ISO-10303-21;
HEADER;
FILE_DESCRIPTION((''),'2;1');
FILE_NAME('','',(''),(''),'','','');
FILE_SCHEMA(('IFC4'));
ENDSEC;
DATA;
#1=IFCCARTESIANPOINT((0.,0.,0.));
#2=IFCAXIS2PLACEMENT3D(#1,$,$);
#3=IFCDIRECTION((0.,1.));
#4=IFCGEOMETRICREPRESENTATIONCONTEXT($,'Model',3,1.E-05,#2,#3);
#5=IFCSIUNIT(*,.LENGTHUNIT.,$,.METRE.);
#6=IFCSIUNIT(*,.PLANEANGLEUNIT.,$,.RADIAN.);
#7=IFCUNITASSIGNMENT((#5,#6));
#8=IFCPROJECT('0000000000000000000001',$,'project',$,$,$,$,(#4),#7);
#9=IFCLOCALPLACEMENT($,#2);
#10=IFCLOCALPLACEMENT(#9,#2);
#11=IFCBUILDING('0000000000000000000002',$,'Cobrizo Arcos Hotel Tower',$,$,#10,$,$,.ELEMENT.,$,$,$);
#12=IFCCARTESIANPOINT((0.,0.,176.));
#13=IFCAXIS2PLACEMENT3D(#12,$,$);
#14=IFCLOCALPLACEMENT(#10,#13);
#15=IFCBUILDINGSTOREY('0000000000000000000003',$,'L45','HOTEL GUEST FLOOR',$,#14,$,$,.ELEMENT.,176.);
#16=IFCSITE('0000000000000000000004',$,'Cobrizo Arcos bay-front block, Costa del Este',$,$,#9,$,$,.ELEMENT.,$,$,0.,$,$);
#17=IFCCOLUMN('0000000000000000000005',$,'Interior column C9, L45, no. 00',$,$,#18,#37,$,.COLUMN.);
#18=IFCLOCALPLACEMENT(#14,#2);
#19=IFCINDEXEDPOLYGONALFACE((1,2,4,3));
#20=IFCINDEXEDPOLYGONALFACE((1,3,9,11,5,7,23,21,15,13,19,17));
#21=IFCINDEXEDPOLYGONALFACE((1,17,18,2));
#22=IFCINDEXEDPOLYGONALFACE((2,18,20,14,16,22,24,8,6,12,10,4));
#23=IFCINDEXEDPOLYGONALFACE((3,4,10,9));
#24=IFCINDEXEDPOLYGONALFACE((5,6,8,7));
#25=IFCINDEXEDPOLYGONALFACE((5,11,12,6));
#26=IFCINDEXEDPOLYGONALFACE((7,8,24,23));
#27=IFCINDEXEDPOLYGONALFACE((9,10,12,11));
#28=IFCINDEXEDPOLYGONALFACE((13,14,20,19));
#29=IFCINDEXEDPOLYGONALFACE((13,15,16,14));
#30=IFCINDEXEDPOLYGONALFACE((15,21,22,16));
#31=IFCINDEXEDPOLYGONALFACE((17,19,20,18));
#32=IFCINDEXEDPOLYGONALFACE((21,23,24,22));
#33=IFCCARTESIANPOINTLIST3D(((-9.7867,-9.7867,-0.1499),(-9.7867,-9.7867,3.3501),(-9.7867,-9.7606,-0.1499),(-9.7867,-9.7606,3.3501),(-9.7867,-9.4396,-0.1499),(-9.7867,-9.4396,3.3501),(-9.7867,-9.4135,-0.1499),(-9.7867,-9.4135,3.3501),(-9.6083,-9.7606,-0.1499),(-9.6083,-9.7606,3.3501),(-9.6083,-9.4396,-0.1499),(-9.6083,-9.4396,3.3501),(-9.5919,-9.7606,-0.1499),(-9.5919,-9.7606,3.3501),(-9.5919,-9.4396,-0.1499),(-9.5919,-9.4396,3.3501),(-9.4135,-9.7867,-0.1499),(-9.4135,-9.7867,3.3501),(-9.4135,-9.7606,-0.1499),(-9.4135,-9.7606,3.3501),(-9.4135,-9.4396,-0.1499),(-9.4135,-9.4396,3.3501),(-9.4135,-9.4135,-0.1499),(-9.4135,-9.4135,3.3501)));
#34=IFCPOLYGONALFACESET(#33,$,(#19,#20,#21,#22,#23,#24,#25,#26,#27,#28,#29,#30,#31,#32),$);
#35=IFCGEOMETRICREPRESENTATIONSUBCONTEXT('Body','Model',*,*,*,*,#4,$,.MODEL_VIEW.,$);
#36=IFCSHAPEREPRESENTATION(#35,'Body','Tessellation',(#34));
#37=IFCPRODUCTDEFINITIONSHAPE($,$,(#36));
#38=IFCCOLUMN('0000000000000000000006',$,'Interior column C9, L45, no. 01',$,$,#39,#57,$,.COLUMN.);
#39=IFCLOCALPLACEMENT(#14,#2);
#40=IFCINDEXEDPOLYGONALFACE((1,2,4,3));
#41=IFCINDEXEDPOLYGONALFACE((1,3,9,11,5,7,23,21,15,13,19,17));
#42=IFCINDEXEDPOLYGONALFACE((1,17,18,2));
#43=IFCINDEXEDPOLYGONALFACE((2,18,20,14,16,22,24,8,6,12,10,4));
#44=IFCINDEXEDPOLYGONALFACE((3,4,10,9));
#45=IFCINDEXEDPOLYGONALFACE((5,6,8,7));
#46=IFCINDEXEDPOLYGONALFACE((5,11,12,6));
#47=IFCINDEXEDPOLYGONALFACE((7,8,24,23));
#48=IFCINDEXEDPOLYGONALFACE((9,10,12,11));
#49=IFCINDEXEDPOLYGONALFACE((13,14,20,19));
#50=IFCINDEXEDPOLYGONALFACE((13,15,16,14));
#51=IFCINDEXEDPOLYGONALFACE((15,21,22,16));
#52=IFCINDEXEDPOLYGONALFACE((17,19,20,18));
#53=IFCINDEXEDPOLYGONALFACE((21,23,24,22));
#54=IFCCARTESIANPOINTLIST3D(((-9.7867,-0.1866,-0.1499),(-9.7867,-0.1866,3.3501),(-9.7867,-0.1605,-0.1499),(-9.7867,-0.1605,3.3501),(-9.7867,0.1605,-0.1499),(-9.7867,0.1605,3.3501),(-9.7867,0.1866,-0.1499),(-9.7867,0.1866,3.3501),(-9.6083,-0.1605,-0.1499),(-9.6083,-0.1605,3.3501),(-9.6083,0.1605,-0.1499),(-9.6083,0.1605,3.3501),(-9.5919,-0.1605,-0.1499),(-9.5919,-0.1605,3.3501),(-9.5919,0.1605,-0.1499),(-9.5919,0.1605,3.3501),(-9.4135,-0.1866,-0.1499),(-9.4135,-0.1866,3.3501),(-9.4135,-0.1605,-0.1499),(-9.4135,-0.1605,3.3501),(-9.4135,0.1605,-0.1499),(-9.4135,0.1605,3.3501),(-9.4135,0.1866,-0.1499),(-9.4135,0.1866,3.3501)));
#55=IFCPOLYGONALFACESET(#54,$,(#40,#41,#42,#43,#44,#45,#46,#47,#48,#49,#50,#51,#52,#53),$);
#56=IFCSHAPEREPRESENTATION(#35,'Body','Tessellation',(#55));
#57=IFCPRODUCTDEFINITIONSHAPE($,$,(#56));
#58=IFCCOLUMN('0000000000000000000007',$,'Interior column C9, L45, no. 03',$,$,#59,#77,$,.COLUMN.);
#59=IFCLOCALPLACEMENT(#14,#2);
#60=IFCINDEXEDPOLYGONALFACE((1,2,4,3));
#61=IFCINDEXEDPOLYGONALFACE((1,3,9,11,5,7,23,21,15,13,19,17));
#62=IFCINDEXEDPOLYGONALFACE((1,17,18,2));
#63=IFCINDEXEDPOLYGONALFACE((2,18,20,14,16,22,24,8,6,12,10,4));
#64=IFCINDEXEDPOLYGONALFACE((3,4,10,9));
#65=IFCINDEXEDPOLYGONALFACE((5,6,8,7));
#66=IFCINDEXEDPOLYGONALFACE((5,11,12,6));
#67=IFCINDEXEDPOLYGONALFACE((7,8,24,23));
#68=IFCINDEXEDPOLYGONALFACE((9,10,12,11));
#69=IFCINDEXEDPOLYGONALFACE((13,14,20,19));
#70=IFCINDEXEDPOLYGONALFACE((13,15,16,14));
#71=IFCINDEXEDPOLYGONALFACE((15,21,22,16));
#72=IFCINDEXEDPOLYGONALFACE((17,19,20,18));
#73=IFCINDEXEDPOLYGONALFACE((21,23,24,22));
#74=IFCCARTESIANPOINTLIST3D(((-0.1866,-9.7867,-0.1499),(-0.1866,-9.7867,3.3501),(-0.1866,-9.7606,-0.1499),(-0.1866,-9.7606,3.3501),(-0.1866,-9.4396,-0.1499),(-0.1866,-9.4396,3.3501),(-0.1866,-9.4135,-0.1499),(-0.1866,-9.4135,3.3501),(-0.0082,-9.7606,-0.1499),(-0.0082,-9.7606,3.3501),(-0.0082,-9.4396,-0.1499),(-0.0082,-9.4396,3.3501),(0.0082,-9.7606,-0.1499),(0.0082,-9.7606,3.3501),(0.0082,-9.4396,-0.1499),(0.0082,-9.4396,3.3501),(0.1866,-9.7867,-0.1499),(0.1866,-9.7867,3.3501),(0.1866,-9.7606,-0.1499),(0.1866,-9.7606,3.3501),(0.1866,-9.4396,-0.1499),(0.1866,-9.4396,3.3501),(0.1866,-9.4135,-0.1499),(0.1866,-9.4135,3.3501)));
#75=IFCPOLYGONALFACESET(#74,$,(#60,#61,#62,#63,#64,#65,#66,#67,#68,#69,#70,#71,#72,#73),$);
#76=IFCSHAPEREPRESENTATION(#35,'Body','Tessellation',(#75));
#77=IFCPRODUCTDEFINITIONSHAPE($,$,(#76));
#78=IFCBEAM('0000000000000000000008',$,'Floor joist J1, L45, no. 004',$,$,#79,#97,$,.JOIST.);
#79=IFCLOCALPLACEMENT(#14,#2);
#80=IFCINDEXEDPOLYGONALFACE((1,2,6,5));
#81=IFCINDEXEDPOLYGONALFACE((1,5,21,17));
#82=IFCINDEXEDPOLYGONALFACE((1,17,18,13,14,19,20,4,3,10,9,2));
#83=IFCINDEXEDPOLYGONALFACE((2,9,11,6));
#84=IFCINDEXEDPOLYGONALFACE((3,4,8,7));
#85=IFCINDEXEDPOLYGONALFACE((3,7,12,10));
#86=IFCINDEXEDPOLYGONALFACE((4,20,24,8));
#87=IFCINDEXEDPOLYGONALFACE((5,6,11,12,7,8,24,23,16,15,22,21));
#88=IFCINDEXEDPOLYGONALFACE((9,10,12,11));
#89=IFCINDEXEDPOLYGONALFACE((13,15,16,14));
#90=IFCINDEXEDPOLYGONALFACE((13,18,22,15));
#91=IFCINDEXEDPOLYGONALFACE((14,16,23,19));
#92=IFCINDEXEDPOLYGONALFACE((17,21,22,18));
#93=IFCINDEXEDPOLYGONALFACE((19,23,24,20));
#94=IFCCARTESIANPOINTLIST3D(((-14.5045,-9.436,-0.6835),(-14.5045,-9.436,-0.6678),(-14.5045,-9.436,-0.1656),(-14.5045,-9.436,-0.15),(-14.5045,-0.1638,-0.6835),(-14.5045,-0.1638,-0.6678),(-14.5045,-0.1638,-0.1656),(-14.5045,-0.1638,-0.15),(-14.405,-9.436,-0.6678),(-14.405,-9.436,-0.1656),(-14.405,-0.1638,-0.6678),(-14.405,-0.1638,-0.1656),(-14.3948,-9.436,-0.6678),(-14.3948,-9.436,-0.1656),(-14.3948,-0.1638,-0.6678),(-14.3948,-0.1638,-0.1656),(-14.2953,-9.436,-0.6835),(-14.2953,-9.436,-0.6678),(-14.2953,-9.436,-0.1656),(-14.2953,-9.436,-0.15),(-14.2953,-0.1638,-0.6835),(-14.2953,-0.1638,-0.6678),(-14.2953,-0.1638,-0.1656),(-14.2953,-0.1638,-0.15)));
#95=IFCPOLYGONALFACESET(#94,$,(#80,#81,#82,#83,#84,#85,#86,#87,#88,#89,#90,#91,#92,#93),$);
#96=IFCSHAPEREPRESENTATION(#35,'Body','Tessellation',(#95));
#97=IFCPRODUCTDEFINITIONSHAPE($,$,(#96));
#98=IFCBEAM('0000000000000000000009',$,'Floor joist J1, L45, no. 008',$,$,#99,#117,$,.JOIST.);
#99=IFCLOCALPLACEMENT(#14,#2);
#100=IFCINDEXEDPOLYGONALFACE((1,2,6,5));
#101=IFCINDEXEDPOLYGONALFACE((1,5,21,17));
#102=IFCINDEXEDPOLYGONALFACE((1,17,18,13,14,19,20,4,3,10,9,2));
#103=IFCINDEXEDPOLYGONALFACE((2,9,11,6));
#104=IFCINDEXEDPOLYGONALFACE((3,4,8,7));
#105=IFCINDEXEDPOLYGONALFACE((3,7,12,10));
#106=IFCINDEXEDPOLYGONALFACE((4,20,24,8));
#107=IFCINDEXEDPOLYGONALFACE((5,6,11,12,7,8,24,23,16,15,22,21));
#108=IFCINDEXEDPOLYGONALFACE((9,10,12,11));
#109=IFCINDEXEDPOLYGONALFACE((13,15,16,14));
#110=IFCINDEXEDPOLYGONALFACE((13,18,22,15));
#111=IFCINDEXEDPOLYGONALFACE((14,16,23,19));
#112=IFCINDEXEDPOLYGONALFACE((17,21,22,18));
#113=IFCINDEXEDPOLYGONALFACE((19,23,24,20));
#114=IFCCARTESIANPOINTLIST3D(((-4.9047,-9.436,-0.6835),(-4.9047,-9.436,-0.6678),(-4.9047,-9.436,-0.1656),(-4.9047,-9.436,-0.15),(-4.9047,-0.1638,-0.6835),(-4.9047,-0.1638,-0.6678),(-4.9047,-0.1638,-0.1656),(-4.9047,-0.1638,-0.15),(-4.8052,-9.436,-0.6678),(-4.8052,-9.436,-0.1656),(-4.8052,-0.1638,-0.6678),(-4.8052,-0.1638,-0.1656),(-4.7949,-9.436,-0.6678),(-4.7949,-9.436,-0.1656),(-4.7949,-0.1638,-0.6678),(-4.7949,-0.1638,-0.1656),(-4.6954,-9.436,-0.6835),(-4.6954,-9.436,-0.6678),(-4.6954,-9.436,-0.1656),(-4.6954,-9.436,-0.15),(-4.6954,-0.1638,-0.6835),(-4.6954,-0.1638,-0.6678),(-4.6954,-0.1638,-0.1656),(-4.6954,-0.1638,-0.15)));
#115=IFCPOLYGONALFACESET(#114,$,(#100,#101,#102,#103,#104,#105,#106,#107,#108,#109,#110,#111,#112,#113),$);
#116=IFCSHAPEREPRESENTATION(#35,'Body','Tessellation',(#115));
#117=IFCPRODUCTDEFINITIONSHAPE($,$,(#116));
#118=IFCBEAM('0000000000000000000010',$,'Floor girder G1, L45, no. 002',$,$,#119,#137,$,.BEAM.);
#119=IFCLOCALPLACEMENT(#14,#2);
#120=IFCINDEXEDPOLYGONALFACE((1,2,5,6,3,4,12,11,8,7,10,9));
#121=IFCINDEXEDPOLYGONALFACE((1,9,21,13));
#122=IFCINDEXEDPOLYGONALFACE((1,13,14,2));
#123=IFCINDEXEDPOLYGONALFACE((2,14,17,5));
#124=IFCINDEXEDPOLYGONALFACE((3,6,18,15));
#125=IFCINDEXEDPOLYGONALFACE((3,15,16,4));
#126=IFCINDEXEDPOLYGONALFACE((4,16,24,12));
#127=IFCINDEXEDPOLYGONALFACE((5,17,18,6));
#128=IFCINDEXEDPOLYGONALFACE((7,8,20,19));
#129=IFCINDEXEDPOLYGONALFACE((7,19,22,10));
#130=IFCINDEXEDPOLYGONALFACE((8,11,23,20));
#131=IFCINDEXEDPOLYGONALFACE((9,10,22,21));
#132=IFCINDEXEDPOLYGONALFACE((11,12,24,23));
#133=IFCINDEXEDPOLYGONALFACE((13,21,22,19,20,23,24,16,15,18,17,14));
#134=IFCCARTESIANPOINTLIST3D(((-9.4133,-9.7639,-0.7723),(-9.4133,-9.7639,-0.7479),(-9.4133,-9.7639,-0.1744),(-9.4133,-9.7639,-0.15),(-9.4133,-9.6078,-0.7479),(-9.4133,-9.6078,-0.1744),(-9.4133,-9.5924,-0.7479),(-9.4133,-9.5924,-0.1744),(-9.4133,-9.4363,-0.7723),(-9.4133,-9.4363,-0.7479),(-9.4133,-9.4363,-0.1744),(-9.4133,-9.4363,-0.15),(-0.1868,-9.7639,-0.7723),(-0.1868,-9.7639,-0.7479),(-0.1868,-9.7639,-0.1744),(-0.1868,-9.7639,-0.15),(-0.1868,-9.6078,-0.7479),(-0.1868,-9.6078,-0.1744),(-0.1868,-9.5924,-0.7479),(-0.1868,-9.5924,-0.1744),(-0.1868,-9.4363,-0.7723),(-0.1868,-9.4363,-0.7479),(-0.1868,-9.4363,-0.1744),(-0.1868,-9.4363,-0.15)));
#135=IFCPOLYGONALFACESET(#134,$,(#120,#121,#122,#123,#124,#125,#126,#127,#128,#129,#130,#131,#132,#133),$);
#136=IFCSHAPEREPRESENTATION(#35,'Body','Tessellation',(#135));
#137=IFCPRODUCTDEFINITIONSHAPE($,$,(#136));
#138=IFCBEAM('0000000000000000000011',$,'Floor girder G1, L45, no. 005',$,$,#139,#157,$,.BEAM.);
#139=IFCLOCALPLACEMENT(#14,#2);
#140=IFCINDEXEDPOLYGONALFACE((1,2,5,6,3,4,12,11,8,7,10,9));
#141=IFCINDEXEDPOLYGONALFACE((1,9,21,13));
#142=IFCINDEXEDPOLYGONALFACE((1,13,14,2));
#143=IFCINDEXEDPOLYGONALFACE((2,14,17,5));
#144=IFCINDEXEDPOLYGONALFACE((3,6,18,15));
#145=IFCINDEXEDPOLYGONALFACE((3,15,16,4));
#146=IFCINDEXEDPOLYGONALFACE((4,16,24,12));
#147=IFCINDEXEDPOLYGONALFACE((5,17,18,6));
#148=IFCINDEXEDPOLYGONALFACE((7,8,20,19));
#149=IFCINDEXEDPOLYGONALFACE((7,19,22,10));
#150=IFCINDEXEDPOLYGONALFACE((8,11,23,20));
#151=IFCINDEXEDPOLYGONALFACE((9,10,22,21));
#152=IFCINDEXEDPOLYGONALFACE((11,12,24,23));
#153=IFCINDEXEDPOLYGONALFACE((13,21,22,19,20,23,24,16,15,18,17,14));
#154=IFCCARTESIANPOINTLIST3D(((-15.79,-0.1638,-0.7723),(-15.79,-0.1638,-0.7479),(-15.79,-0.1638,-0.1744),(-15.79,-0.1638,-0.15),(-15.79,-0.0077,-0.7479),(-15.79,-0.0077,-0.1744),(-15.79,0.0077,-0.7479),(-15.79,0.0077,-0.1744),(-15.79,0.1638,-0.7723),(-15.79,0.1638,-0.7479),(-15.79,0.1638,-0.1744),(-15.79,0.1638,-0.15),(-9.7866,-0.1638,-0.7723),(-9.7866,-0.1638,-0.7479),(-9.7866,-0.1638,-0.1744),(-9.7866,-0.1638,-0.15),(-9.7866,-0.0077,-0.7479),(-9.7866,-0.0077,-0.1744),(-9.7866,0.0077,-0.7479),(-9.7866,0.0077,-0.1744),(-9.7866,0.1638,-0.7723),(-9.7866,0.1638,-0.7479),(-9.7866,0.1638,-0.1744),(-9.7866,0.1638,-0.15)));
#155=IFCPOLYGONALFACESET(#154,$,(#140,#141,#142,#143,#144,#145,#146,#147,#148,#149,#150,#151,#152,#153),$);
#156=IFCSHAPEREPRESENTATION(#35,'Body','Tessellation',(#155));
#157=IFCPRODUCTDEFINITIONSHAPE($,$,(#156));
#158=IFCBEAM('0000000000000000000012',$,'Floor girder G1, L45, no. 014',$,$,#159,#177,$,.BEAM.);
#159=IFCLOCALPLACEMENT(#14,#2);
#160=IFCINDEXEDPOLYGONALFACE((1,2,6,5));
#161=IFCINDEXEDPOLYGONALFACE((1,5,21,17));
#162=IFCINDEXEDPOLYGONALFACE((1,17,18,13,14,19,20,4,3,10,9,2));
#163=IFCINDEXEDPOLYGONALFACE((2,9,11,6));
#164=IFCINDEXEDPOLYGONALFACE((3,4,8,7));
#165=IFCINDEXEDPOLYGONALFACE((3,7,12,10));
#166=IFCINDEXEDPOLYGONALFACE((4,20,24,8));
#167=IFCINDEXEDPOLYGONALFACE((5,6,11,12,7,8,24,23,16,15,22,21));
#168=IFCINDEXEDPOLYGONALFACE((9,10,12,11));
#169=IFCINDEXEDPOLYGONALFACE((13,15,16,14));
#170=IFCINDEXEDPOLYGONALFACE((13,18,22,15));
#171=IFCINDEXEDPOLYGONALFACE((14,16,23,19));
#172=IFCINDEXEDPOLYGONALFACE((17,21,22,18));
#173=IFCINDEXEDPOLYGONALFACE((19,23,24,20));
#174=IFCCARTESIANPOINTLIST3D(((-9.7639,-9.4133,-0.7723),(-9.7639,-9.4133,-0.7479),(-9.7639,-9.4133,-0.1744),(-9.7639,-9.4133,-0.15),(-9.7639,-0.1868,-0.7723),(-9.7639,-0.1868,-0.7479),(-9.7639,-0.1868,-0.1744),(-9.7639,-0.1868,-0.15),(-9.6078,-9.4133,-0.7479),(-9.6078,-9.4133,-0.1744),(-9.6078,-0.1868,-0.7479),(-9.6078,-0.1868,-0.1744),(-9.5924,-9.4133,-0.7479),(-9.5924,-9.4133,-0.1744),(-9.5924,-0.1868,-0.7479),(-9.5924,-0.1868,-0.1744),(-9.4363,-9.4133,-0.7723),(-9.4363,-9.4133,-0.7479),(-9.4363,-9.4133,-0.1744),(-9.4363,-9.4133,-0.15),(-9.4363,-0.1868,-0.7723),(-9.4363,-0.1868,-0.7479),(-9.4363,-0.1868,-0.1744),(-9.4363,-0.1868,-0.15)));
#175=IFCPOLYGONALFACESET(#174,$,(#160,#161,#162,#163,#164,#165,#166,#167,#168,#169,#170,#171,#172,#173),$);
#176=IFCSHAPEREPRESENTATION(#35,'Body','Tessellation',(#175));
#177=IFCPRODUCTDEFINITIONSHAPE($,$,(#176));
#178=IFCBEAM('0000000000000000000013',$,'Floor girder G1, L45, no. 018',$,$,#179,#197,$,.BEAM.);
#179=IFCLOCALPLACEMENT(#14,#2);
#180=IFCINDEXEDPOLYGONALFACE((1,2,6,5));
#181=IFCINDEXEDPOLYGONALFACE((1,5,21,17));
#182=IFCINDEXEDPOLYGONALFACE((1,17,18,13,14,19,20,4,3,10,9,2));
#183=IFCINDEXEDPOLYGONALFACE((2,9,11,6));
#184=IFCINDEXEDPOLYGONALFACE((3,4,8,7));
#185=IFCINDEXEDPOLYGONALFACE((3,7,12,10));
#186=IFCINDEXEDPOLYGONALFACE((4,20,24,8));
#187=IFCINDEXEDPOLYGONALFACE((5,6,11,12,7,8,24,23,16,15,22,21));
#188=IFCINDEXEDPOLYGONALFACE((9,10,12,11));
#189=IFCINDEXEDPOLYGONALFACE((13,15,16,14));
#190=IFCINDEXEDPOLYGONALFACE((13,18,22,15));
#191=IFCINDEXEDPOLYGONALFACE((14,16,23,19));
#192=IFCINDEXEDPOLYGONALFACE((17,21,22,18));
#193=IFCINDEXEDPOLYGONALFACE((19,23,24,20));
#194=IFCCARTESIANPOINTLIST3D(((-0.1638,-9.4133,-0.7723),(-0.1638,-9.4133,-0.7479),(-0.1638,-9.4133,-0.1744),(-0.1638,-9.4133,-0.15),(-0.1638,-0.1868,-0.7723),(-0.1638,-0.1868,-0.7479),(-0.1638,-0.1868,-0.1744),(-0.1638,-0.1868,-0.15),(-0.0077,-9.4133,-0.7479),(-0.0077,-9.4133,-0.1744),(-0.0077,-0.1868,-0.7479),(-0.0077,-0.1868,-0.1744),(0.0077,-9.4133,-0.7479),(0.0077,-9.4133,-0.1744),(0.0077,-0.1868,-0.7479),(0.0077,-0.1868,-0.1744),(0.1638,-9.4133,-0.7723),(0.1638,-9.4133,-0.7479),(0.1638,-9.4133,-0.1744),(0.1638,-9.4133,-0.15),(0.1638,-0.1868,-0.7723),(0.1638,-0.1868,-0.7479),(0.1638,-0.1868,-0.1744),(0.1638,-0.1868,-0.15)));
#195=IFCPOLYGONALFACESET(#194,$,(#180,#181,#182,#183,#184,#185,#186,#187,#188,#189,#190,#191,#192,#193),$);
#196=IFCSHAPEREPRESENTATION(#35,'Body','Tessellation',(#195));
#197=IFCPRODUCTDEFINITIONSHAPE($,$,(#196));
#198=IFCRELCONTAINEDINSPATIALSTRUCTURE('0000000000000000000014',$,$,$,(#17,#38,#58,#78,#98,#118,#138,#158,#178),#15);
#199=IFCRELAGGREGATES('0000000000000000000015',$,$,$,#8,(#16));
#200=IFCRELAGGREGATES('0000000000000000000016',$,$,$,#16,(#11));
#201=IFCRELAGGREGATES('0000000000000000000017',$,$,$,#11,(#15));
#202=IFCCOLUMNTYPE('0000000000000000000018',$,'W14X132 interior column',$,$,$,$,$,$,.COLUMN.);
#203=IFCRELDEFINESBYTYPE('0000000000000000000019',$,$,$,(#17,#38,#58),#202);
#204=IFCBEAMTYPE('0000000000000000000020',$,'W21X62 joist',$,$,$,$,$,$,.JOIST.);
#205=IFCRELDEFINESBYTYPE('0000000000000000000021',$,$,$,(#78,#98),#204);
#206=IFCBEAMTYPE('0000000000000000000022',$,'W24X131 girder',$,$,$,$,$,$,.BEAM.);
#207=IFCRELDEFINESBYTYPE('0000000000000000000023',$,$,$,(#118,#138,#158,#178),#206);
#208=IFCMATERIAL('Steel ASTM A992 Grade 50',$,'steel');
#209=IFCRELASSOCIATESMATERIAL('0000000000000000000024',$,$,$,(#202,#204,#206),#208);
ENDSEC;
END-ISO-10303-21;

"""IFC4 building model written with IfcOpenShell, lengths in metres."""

from ifc_helpers import new_model, si_unit, direction, frame, origin, origin_2d, place, context, subcontext, project, spatial, i_section, extrude, material, material_profile, profile_set, type_object, element, save


model = new_model("IFC4")

# Units and contexts
model_context = context("Model", 3, precision=1e-05, world=origin(), true_north=direction((0.0, 1.0)))
body_context = subcontext(model_context, "Body", "Model", "MODEL_VIEW")
ifc_project = project(units=[si_unit("LENGTHUNIT", "METRE"), si_unit("PLANEANGLEUNIT", "RADIAN")], contexts=[model_context])

# Site, building, storey
site_placement = place(None, origin())
site = spatial("IfcSite", under=ifc_project, at=site_placement, Name="Cobrizo Arcos bay-front block, Costa del Este", CompositionType="ELEMENT", RefElevation=0.0)
building_placement = place(site_placement, origin())
building = spatial("IfcBuilding", under=site, at=building_placement, Name="Cobrizo Arcos Hotel Tower", CompositionType="ELEMENT")
storey_placement = place(building_placement, frame((0.0, 0.0, 176.0)))
storey = spatial("IfcBuildingStorey", under=building, at=storey_placement, Name="L45", Description="HOTEL GUEST FLOOR", CompositionType="ELEMENT", Elevation=176.0)

# Columns
ifc_material_1 = material(Name="Steel ASTM A992 Grade 50", Category="steel")
ifc_material_profile_1 = material_profile(ifc_material_1, i_section(OverallWidth=0.3733, OverallDepth=0.3733, WebThickness=0.0164, FlangeThickness=0.0261, at=origin_2d()), Name="W14X132")
ifc_profile_set_1 = profile_set([ifc_material_profile_1], Name="Steel ASTM A992 Grade 50")
column_type = type_object("IfcColumnType", Name="W14X132 interior column", PredefinedType="COLUMN", material=ifc_profile_set_1)
for number, where, z_axis, x_axis, name in (
    (1, (-9.6001, -9.6001, -0.1499), (0.0, 0.0, 1.0), (1.0, 0.0, 0.0), "Interior column C9, L45, no. 00"),
    (2, (-9.6001, 0.0, -0.1499), (0.0, 0.0, 1.0), (1.0, 0.0, 0.0), "Interior column C9, L45, no. 01"),
    (3, (0.0, -9.6001, -0.1499), (0.0, 0.0, 1.0), (1.0, 0.0, 0.0), "Interior column C9, L45, no. 03"),
):
    element("IfcColumn", number, at=place(storey_placement, frame(where, z_axis=z_axis, x_axis=x_axis)), inside=storey, type_object=column_type, Name=name, PredefinedType="COLUMN", context=body_context, shape_type="SweptSolid", body=[
        extrude(i_section(OverallWidth=0.3733, OverallDepth=0.3733, WebThickness=0.0164, FlangeThickness=0.0261, at=origin_2d()), origin(), (0.0, 0.0, 1.0), 3.5),
    ])

# Beams
ifc_material_profile_2 = material_profile(ifc_material_1, i_section(OverallWidth=0.2092, OverallDepth=0.5334, WebThickness=0.0103, FlangeThickness=0.0156, at=origin_2d()), Name="W21X62")
ifc_profile_set_2 = profile_set([ifc_material_profile_2], Name="Steel ASTM A992 Grade 50")
beam_type_1 = type_object("IfcBeamType", Name="W21X62 joist", PredefinedType="JOIST", material=ifc_profile_set_2)
for number, where, z_axis, x_axis, name in (
    (4, (-14.3999, -9.436, -0.4167), (0.0, 1.0, 0.0), (-1.0, 0.0, 0.0), "Floor joist J1, L45, no. 004"),
    (5, (-4.8, -9.436, -0.4167), (0.0, 1.0, 0.0), (-1.0, 0.0, 0.0), "Floor joist J1, L45, no. 008"),
):
    element("IfcBeam", number, at=place(storey_placement, frame(where, z_axis=z_axis, x_axis=x_axis)), inside=storey, type_object=beam_type_1, Name=name, PredefinedType="JOIST", context=body_context, shape_type="SweptSolid", body=[
        extrude(i_section(OverallWidth=0.2092, OverallDepth=0.5334, WebThickness=0.0103, FlangeThickness=0.0156, at=origin_2d()), origin(), (0.0, 0.0, 1.0), 9.2722),
    ])
ifc_material_profile_3 = material_profile(ifc_material_1, i_section(OverallWidth=0.3276, OverallDepth=0.6223, WebThickness=0.0154, FlangeThickness=0.0244, at=origin_2d()), Name="W24X131")
ifc_profile_set_3 = profile_set([ifc_material_profile_3], Name="Steel ASTM A992 Grade 50")
beam_type_2 = type_object("IfcBeamType", Name="W24X131 girder", PredefinedType="BEAM", material=ifc_profile_set_3)
beam_1_placement = place(storey_placement, frame((-9.4133, -9.6001, -0.4612), z_axis=(1.0, 0.0, 0.0), x_axis=(0.0, 1.0, 0.0)))
element("IfcBeam", 6, at=beam_1_placement, inside=storey, type_object=beam_type_2, Name="Floor girder G1, L45, no. 002", PredefinedType="BEAM", context=body_context, shape_type="SweptSolid", body=[
    extrude(i_section(OverallWidth=0.3276, OverallDepth=0.6223, WebThickness=0.0154, FlangeThickness=0.0244, at=origin_2d()), origin(), (0.0, 0.0, 1.0), 9.2266),
])
beam_2_placement = place(storey_placement, frame((-15.79, 0.0, -0.4612), z_axis=(1.0, 0.0, 0.0), x_axis=(0.0, 1.0, 0.0)))
element("IfcBeam", 7, at=beam_2_placement, inside=storey, type_object=beam_type_2, Name="Floor girder G1, L45, no. 005", PredefinedType="BEAM", context=body_context, shape_type="SweptSolid", body=[
    extrude(i_section(OverallWidth=0.3276, OverallDepth=0.6223, WebThickness=0.0154, FlangeThickness=0.0244, at=origin_2d()), origin(), (0.0, 0.0, 1.0), 6.0034),
])
for number, where, z_axis, x_axis, name in (
    (8, (-9.6001, -9.4133, -0.4612), (0.0, 1.0, 0.0), (-1.0, 0.0, 0.0), "Floor girder G1, L45, no. 014"),
    (9, (0.0, -9.4133, -0.4612), (0.0, 1.0, 0.0), (-1.0, 0.0, 0.0), "Floor girder G1, L45, no. 018"),
):
    element("IfcBeam", number, at=place(storey_placement, frame(where, z_axis=z_axis, x_axis=x_axis)), inside=storey, type_object=beam_type_2, Name=name, PredefinedType="BEAM", context=body_context, shape_type="SweptSolid", body=[
        extrude(i_section(OverallWidth=0.3276, OverallDepth=0.6223, WebThickness=0.0154, FlangeThickness=0.0244, at=origin_2d()), origin(), (0.0, 0.0, 1.0), 9.2266),
    ])

save(model, "model.ifc")
